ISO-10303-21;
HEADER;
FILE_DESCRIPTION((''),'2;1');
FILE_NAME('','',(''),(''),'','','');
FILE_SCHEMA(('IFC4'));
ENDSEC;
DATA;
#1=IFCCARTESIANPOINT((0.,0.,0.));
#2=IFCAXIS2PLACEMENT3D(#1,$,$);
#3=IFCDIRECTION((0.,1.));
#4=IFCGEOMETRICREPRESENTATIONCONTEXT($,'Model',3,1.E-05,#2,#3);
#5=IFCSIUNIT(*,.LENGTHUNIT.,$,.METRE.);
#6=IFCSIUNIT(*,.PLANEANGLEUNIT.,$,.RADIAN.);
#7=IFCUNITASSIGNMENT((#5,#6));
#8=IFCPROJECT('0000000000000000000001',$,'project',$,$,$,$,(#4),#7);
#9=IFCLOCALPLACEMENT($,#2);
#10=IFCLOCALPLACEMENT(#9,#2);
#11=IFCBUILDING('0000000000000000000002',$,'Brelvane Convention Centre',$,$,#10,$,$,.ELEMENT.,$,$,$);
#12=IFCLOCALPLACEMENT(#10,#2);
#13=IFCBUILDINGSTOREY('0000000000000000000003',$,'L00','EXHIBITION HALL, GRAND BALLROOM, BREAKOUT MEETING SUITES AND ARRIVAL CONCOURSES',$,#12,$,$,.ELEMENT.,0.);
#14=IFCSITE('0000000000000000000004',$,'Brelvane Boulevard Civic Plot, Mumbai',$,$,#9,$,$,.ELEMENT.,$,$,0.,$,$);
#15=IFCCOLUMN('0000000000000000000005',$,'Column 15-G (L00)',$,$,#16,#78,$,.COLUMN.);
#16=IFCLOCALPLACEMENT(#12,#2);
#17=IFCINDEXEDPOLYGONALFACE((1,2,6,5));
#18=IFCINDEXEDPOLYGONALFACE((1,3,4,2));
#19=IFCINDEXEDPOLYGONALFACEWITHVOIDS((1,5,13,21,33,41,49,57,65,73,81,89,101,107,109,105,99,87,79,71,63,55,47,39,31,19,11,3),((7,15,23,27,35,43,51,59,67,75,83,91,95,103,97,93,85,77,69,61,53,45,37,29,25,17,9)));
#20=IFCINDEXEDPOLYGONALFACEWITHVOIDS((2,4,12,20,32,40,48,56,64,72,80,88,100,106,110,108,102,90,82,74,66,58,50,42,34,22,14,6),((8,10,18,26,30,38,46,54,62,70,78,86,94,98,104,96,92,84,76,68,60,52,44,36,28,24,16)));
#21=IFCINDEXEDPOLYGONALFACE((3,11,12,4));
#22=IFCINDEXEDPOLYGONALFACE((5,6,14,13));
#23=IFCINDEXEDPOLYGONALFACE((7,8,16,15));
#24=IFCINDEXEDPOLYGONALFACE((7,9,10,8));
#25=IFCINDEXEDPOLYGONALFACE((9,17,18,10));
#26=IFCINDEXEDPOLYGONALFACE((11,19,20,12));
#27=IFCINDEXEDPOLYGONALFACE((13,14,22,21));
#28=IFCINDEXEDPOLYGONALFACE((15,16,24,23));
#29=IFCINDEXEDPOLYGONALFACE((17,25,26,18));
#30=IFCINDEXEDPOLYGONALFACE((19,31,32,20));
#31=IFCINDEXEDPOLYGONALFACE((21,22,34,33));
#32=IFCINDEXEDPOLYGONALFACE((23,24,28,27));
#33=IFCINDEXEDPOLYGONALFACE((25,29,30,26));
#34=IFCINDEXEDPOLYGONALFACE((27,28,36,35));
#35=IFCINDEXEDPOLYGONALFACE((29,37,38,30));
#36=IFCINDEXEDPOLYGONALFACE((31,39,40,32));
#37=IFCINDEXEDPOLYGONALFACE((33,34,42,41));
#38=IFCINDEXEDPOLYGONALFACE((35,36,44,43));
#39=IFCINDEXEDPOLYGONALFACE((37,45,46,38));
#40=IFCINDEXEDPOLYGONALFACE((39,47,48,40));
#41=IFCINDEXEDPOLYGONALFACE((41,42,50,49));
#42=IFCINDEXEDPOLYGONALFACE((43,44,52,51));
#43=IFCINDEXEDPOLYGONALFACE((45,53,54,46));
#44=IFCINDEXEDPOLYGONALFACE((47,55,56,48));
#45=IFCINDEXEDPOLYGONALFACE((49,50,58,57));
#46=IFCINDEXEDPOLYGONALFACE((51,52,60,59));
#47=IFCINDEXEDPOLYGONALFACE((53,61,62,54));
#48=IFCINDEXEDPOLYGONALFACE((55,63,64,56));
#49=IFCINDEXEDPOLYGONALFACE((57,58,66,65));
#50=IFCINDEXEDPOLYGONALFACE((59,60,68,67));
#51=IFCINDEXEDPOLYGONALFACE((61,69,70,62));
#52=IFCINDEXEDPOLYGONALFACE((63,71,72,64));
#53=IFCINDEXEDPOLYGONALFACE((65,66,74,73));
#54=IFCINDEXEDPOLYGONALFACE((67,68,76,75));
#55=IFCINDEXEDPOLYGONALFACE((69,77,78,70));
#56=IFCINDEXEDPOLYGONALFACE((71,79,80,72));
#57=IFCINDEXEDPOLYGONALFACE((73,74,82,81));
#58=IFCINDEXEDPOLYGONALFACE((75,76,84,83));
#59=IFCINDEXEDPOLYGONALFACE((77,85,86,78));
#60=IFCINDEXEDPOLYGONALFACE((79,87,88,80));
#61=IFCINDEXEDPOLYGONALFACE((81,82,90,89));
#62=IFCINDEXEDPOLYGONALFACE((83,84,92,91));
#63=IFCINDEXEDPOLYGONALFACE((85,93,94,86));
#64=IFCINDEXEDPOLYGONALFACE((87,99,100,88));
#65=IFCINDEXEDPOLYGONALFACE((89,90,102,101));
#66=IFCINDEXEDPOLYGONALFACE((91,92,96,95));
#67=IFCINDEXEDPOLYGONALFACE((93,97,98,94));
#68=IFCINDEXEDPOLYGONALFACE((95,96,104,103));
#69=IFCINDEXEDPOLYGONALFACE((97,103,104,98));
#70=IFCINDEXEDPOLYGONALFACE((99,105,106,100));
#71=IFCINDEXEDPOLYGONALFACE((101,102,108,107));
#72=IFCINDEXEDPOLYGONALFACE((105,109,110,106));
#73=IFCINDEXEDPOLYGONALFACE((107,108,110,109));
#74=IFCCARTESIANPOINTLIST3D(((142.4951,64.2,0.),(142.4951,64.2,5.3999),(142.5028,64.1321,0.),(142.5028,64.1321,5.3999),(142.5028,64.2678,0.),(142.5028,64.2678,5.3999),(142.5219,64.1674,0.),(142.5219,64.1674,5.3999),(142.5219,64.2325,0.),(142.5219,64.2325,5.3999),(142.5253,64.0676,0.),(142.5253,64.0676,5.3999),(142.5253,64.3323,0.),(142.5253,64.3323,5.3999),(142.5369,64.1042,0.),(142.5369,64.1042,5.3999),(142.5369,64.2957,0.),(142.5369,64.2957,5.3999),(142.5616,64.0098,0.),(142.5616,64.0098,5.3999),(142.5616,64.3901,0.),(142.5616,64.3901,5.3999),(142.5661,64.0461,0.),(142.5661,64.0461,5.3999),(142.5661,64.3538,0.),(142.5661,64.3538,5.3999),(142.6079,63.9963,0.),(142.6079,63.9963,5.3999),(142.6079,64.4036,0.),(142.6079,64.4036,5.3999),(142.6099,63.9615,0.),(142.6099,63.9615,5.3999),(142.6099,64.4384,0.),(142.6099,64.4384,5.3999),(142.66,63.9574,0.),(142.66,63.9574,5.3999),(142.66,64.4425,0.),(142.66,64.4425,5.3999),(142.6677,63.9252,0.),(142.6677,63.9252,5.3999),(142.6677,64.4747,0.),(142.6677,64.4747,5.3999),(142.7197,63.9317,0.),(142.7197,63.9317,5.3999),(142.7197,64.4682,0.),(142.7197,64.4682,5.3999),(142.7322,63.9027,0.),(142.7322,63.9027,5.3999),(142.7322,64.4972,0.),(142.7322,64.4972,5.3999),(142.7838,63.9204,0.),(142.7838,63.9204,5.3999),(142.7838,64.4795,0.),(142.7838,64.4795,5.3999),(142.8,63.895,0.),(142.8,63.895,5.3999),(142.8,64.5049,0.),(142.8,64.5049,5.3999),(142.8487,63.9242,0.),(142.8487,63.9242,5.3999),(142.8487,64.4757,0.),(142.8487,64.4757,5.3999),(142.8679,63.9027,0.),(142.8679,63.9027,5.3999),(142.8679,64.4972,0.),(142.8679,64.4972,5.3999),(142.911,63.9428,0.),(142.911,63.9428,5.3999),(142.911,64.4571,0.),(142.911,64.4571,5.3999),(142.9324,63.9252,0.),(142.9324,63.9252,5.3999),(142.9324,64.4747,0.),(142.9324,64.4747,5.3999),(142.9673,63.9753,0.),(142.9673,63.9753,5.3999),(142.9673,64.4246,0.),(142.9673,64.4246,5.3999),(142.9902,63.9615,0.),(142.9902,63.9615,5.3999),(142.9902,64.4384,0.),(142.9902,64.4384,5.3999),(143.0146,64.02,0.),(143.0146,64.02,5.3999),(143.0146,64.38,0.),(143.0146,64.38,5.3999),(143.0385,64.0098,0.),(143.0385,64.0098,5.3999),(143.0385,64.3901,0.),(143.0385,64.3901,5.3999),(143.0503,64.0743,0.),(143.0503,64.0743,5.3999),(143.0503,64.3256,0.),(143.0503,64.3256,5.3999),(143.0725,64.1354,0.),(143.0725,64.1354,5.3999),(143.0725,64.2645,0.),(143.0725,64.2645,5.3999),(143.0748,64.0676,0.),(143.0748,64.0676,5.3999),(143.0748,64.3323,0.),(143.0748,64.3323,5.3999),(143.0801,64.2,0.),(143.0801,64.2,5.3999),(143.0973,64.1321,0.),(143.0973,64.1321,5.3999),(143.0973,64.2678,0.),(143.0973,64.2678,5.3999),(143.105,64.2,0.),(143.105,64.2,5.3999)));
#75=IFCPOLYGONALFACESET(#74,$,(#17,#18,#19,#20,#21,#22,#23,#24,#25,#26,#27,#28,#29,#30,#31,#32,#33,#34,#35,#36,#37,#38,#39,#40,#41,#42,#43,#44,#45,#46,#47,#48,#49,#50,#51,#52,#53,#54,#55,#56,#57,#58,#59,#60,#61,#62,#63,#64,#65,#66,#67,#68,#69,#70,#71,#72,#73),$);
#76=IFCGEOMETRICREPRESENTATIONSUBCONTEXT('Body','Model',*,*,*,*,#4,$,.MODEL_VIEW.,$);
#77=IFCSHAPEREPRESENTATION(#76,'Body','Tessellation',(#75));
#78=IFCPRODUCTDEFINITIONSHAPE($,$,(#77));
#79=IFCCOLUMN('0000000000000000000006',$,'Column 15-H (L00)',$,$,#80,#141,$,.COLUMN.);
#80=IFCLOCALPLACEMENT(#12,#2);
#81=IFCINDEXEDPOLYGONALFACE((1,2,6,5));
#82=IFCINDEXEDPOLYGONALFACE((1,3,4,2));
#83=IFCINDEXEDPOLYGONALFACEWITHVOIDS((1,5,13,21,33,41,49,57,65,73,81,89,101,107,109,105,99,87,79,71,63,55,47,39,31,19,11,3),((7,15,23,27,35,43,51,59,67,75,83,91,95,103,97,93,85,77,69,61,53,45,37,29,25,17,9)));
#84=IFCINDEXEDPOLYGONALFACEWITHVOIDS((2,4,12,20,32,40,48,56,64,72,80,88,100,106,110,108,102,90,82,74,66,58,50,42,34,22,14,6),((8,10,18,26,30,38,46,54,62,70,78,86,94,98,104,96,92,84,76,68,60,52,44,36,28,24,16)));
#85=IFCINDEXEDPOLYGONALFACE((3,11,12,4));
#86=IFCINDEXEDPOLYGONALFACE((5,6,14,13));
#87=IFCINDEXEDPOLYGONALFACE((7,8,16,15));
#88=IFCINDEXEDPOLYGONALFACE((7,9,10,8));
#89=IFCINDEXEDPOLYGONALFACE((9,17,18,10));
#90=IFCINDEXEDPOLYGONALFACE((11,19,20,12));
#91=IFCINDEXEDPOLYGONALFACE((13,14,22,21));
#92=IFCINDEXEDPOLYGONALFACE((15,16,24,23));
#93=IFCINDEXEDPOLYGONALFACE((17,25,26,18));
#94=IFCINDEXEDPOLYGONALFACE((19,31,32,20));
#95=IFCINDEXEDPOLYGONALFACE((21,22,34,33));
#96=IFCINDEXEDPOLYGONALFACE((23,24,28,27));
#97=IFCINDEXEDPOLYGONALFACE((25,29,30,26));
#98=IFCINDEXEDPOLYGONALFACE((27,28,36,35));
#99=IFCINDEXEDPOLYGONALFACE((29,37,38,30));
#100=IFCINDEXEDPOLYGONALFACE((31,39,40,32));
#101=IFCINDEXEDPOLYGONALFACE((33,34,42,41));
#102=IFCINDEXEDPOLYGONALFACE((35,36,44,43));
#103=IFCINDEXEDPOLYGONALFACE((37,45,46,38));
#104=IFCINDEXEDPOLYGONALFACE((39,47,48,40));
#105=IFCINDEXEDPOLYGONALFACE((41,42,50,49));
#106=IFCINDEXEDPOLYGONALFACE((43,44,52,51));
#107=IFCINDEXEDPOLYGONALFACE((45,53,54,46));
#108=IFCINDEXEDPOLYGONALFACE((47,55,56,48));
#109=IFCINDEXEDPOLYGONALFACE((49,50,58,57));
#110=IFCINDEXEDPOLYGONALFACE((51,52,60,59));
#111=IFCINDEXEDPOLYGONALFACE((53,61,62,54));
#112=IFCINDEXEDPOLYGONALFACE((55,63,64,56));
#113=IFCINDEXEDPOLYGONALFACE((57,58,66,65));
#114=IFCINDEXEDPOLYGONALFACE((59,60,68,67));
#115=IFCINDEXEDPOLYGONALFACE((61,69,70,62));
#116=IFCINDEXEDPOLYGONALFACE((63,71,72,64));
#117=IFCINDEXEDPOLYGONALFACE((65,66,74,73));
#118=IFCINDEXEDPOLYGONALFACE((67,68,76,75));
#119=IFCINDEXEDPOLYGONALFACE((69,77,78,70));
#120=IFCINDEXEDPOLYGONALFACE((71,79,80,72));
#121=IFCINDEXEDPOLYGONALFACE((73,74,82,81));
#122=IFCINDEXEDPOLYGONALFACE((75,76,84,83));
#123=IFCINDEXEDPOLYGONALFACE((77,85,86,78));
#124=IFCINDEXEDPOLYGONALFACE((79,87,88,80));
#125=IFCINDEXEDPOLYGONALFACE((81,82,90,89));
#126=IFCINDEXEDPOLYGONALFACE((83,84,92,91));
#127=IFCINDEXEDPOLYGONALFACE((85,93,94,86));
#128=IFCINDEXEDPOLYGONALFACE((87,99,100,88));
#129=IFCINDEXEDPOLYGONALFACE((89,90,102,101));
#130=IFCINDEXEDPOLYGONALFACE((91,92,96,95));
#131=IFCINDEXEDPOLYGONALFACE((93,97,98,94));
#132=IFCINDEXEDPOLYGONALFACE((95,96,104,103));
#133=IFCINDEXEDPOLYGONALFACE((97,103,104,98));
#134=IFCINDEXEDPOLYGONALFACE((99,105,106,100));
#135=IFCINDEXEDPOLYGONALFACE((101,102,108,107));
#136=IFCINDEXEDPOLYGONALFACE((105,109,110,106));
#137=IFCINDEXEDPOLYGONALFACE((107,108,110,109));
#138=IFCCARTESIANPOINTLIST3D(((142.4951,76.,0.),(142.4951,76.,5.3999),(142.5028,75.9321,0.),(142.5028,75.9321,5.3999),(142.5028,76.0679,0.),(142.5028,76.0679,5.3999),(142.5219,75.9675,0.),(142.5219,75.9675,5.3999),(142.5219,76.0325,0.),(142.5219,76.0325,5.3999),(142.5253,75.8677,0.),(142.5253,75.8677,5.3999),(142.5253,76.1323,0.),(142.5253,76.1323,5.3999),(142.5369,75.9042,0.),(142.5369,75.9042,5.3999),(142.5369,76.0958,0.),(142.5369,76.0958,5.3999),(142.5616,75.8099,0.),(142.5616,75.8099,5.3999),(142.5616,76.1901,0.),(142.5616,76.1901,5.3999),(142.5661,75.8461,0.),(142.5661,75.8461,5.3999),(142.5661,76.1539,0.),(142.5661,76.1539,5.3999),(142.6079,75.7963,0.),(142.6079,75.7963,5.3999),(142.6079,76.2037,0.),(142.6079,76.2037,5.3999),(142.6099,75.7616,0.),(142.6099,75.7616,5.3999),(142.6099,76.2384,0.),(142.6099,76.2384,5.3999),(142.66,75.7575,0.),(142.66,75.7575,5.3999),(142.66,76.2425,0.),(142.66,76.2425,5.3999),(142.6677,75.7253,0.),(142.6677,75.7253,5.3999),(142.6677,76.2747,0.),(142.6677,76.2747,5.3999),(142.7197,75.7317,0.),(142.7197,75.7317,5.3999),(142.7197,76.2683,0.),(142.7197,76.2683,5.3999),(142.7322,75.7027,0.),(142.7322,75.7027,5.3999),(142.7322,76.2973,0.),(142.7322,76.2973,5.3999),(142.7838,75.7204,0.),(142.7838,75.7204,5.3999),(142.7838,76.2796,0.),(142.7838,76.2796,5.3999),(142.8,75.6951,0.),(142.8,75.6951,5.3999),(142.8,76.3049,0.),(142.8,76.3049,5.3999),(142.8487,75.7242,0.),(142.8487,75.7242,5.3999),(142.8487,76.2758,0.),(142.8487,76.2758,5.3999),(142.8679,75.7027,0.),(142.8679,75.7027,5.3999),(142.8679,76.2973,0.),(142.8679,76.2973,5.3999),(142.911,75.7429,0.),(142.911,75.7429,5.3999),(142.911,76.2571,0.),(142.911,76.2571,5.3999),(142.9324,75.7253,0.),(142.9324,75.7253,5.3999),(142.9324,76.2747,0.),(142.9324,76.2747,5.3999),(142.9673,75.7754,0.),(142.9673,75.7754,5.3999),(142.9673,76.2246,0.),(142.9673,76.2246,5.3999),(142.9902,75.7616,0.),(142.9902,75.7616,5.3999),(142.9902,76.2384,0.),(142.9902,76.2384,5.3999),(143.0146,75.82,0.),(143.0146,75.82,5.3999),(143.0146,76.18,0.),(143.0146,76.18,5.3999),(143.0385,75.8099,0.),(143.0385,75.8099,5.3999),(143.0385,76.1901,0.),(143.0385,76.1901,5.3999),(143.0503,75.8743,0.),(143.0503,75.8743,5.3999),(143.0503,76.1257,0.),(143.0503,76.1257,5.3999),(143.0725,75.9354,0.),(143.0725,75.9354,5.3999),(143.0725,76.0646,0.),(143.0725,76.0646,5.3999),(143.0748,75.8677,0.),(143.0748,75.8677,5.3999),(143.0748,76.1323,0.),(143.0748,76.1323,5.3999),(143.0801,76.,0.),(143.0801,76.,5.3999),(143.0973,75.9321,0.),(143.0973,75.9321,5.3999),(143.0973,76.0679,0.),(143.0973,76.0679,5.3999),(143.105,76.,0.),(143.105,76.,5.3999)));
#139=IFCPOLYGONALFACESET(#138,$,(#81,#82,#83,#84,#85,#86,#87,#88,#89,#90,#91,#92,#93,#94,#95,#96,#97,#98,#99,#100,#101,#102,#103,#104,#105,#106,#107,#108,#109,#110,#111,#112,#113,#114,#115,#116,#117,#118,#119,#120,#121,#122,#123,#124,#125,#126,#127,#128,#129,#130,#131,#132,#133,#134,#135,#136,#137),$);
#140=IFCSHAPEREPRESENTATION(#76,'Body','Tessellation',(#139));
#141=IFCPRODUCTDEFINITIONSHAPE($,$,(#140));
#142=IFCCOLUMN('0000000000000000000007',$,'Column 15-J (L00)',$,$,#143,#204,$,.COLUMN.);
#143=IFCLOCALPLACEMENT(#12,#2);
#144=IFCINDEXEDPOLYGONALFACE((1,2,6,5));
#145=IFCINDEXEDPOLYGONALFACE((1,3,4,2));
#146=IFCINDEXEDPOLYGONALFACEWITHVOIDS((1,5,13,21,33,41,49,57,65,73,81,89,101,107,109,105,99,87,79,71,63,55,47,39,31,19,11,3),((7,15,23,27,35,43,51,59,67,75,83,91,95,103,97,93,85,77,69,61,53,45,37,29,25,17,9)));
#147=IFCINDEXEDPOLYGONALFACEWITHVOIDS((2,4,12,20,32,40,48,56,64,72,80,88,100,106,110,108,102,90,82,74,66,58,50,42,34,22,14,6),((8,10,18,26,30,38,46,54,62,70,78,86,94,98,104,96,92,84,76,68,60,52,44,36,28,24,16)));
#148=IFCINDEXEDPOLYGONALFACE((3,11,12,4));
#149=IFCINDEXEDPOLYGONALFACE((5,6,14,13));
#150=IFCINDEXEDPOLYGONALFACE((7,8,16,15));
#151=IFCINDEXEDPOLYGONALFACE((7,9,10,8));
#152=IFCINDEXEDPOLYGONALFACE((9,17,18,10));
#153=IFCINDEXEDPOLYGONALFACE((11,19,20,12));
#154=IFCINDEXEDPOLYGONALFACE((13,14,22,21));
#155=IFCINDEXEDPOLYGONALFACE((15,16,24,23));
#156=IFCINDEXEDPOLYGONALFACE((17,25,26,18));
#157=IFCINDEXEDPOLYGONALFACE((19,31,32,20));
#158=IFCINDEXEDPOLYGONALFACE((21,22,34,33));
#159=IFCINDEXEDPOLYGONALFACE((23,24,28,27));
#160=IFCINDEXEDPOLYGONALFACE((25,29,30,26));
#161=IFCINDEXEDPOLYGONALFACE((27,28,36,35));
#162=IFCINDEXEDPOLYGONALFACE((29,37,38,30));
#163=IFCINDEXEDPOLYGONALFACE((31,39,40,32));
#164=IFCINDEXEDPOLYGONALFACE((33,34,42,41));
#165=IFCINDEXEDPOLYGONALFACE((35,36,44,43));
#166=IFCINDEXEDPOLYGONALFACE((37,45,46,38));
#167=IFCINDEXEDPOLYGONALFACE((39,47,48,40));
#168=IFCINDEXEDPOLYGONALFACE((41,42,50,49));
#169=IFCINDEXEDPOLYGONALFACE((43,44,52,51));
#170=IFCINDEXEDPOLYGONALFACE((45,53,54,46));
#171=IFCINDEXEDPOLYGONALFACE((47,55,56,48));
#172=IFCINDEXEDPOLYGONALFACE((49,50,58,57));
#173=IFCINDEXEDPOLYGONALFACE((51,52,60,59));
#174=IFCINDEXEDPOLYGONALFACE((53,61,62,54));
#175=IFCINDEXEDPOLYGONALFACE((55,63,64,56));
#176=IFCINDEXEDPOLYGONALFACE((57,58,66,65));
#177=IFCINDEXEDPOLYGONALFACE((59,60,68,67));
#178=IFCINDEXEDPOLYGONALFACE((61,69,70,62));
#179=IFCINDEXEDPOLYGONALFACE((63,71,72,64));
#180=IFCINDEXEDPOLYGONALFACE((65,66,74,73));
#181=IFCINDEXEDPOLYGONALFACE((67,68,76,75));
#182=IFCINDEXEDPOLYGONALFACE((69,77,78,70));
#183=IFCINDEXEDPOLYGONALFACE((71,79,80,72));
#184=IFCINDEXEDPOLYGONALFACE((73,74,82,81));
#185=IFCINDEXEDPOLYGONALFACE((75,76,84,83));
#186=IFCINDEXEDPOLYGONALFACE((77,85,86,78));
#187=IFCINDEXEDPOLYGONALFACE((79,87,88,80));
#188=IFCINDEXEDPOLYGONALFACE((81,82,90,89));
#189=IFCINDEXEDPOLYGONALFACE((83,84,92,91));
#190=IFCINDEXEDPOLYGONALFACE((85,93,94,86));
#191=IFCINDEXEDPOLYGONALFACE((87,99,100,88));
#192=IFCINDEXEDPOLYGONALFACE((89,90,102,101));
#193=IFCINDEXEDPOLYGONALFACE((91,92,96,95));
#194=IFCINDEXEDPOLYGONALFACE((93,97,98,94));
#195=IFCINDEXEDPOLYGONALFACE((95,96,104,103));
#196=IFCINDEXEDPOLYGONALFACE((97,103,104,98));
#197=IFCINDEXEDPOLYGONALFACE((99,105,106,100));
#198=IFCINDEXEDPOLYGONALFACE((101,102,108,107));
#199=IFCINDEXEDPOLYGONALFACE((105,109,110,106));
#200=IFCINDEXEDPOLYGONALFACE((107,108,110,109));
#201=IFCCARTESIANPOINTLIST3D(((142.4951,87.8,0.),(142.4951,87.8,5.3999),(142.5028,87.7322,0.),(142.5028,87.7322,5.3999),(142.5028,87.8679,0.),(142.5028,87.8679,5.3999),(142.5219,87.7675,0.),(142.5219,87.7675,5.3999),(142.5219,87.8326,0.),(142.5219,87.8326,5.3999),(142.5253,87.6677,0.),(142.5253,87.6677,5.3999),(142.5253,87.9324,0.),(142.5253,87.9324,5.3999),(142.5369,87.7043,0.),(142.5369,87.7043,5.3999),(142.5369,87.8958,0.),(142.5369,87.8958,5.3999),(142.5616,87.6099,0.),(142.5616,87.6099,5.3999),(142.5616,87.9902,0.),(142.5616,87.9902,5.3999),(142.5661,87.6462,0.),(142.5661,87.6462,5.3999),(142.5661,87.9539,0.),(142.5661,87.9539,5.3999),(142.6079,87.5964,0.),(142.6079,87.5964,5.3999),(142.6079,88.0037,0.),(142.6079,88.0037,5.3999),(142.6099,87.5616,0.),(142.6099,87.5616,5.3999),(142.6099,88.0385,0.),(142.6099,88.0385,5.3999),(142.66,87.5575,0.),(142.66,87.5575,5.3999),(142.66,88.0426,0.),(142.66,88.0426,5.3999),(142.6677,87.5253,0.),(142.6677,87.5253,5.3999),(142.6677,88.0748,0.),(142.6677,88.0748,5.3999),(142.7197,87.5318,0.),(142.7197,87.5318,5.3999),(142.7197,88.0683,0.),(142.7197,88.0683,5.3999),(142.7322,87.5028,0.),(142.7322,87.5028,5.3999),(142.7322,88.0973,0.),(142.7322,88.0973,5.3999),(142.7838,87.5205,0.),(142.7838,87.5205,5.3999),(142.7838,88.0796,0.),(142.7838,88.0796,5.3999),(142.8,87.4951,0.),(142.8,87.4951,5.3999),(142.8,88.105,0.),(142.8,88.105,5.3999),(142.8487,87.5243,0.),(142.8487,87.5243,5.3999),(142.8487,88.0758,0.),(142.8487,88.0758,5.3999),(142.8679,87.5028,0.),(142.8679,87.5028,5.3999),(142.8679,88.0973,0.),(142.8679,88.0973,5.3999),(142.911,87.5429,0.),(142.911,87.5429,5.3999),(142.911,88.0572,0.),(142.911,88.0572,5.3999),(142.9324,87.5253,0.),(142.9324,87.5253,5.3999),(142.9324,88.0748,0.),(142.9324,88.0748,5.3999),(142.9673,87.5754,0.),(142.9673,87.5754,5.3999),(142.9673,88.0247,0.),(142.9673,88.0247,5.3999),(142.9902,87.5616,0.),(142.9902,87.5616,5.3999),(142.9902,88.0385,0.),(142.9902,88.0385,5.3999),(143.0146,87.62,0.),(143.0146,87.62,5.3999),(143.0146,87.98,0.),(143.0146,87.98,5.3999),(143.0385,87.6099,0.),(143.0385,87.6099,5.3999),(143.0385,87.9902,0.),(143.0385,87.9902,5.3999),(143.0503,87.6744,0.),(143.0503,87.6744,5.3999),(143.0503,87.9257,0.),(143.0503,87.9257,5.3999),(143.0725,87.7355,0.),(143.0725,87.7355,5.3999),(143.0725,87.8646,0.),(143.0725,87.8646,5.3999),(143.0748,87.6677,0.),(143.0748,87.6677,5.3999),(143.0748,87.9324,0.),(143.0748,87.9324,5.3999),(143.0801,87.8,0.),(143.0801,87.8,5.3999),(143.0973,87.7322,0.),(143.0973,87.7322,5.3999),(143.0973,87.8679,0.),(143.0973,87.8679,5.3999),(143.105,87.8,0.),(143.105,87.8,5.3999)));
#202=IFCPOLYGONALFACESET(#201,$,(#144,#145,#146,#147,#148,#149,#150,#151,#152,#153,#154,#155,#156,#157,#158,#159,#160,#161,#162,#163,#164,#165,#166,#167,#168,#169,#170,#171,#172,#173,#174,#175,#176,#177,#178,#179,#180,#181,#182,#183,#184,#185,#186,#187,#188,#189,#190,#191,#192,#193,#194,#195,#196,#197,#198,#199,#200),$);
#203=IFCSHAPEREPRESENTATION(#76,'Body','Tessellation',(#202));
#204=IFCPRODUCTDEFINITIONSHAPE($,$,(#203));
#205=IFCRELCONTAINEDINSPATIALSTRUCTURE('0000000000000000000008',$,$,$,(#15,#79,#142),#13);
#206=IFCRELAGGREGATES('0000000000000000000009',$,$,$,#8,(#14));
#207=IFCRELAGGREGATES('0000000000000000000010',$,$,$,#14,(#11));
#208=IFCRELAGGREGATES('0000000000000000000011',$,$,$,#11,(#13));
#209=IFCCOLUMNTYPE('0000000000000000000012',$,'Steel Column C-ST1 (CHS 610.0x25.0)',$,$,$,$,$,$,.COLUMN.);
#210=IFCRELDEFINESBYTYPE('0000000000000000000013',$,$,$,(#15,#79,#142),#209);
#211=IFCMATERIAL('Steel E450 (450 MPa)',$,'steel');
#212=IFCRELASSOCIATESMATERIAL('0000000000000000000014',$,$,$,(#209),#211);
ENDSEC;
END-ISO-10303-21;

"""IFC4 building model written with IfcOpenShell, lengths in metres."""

from ifc_helpers import new_model, si_unit, direction, frame, origin, origin_2d, place, context, subcontext, project, spatial, hollow_circle, extrude, material, material_profile, profile_set, type_object, element, save


model = new_model("IFC4")

# Units and contexts
model_context = context("Model", 3, precision=1e-05, world=origin(), true_north=direction((0.0, 1.0)))
body_context = subcontext(model_context, "Body", "Model", "MODEL_VIEW")
ifc_project = project(units=[si_unit("LENGTHUNIT", "METRE"), si_unit("PLANEANGLEUNIT", "RADIAN")], contexts=[model_context])

# Site, building, storey
site_placement = place(None, origin())
site = spatial("IfcSite", under=ifc_project, at=site_placement, Name="Brelvane Boulevard Civic Plot, Mumbai", CompositionType="ELEMENT", RefElevation=0.0)
building_placement = place(site_placement, origin())
building = spatial("IfcBuilding", under=site, at=building_placement, Name="Brelvane Convention Centre", CompositionType="ELEMENT")
storey_placement = place(building_placement, origin())
storey = spatial("IfcBuildingStorey", under=building, at=storey_placement, Name="L00", Description="EXHIBITION HALL, GRAND BALLROOM, BREAKOUT MEETING SUITES AND ARRIVAL CONCOURSES", CompositionType="ELEMENT", Elevation=0.0)

# Columns
ifc_material_1 = material(Name="Steel E450 (450 MPa)", Category="steel")
ifc_material_profile_1 = material_profile(ifc_material_1, hollow_circle(Radius=0.3049, WallThickness=0.0249, at=origin_2d()), Name="CHS 610.0x25.0")
ifc_profile_set_1 = profile_set([ifc_material_profile_1], Name="Steel E450 (450 MPa)")
column_type = type_object("IfcColumnType", Name="Steel Column C-ST1 (CHS 610.0x25.0)", PredefinedType="COLUMN", material=ifc_profile_set_1)
for number, where, z_axis, x_axis, name in (
    (1, (142.8, 64.2, 0.0), (0.0, 0.0, 1.0), (1.0, 0.0, 0.0), "Column 15-G (L00)"),
    (2, (142.8, 76.0, 0.0), (0.0, 0.0, 1.0), (1.0, 0.0, 0.0), "Column 15-H (L00)"),
    (3, (142.8, 87.8, 0.0), (0.0, 0.0, 1.0), (1.0, 0.0, 0.0), "Column 15-J (L00)"),
):
    element("IfcColumn", number, at=place(storey_placement, frame(where, z_axis=z_axis, x_axis=x_axis)), inside=storey, type_object=column_type, Name=name, PredefinedType="COLUMN", context=body_context, shape_type="SweptSolid", body=[
        extrude(hollow_circle(Radius=0.3049, WallThickness=0.0249, at=origin_2d()), origin(), (0.0, 0.0, 1.0), 5.3999),
    ])

save(model, "model.ifc")
